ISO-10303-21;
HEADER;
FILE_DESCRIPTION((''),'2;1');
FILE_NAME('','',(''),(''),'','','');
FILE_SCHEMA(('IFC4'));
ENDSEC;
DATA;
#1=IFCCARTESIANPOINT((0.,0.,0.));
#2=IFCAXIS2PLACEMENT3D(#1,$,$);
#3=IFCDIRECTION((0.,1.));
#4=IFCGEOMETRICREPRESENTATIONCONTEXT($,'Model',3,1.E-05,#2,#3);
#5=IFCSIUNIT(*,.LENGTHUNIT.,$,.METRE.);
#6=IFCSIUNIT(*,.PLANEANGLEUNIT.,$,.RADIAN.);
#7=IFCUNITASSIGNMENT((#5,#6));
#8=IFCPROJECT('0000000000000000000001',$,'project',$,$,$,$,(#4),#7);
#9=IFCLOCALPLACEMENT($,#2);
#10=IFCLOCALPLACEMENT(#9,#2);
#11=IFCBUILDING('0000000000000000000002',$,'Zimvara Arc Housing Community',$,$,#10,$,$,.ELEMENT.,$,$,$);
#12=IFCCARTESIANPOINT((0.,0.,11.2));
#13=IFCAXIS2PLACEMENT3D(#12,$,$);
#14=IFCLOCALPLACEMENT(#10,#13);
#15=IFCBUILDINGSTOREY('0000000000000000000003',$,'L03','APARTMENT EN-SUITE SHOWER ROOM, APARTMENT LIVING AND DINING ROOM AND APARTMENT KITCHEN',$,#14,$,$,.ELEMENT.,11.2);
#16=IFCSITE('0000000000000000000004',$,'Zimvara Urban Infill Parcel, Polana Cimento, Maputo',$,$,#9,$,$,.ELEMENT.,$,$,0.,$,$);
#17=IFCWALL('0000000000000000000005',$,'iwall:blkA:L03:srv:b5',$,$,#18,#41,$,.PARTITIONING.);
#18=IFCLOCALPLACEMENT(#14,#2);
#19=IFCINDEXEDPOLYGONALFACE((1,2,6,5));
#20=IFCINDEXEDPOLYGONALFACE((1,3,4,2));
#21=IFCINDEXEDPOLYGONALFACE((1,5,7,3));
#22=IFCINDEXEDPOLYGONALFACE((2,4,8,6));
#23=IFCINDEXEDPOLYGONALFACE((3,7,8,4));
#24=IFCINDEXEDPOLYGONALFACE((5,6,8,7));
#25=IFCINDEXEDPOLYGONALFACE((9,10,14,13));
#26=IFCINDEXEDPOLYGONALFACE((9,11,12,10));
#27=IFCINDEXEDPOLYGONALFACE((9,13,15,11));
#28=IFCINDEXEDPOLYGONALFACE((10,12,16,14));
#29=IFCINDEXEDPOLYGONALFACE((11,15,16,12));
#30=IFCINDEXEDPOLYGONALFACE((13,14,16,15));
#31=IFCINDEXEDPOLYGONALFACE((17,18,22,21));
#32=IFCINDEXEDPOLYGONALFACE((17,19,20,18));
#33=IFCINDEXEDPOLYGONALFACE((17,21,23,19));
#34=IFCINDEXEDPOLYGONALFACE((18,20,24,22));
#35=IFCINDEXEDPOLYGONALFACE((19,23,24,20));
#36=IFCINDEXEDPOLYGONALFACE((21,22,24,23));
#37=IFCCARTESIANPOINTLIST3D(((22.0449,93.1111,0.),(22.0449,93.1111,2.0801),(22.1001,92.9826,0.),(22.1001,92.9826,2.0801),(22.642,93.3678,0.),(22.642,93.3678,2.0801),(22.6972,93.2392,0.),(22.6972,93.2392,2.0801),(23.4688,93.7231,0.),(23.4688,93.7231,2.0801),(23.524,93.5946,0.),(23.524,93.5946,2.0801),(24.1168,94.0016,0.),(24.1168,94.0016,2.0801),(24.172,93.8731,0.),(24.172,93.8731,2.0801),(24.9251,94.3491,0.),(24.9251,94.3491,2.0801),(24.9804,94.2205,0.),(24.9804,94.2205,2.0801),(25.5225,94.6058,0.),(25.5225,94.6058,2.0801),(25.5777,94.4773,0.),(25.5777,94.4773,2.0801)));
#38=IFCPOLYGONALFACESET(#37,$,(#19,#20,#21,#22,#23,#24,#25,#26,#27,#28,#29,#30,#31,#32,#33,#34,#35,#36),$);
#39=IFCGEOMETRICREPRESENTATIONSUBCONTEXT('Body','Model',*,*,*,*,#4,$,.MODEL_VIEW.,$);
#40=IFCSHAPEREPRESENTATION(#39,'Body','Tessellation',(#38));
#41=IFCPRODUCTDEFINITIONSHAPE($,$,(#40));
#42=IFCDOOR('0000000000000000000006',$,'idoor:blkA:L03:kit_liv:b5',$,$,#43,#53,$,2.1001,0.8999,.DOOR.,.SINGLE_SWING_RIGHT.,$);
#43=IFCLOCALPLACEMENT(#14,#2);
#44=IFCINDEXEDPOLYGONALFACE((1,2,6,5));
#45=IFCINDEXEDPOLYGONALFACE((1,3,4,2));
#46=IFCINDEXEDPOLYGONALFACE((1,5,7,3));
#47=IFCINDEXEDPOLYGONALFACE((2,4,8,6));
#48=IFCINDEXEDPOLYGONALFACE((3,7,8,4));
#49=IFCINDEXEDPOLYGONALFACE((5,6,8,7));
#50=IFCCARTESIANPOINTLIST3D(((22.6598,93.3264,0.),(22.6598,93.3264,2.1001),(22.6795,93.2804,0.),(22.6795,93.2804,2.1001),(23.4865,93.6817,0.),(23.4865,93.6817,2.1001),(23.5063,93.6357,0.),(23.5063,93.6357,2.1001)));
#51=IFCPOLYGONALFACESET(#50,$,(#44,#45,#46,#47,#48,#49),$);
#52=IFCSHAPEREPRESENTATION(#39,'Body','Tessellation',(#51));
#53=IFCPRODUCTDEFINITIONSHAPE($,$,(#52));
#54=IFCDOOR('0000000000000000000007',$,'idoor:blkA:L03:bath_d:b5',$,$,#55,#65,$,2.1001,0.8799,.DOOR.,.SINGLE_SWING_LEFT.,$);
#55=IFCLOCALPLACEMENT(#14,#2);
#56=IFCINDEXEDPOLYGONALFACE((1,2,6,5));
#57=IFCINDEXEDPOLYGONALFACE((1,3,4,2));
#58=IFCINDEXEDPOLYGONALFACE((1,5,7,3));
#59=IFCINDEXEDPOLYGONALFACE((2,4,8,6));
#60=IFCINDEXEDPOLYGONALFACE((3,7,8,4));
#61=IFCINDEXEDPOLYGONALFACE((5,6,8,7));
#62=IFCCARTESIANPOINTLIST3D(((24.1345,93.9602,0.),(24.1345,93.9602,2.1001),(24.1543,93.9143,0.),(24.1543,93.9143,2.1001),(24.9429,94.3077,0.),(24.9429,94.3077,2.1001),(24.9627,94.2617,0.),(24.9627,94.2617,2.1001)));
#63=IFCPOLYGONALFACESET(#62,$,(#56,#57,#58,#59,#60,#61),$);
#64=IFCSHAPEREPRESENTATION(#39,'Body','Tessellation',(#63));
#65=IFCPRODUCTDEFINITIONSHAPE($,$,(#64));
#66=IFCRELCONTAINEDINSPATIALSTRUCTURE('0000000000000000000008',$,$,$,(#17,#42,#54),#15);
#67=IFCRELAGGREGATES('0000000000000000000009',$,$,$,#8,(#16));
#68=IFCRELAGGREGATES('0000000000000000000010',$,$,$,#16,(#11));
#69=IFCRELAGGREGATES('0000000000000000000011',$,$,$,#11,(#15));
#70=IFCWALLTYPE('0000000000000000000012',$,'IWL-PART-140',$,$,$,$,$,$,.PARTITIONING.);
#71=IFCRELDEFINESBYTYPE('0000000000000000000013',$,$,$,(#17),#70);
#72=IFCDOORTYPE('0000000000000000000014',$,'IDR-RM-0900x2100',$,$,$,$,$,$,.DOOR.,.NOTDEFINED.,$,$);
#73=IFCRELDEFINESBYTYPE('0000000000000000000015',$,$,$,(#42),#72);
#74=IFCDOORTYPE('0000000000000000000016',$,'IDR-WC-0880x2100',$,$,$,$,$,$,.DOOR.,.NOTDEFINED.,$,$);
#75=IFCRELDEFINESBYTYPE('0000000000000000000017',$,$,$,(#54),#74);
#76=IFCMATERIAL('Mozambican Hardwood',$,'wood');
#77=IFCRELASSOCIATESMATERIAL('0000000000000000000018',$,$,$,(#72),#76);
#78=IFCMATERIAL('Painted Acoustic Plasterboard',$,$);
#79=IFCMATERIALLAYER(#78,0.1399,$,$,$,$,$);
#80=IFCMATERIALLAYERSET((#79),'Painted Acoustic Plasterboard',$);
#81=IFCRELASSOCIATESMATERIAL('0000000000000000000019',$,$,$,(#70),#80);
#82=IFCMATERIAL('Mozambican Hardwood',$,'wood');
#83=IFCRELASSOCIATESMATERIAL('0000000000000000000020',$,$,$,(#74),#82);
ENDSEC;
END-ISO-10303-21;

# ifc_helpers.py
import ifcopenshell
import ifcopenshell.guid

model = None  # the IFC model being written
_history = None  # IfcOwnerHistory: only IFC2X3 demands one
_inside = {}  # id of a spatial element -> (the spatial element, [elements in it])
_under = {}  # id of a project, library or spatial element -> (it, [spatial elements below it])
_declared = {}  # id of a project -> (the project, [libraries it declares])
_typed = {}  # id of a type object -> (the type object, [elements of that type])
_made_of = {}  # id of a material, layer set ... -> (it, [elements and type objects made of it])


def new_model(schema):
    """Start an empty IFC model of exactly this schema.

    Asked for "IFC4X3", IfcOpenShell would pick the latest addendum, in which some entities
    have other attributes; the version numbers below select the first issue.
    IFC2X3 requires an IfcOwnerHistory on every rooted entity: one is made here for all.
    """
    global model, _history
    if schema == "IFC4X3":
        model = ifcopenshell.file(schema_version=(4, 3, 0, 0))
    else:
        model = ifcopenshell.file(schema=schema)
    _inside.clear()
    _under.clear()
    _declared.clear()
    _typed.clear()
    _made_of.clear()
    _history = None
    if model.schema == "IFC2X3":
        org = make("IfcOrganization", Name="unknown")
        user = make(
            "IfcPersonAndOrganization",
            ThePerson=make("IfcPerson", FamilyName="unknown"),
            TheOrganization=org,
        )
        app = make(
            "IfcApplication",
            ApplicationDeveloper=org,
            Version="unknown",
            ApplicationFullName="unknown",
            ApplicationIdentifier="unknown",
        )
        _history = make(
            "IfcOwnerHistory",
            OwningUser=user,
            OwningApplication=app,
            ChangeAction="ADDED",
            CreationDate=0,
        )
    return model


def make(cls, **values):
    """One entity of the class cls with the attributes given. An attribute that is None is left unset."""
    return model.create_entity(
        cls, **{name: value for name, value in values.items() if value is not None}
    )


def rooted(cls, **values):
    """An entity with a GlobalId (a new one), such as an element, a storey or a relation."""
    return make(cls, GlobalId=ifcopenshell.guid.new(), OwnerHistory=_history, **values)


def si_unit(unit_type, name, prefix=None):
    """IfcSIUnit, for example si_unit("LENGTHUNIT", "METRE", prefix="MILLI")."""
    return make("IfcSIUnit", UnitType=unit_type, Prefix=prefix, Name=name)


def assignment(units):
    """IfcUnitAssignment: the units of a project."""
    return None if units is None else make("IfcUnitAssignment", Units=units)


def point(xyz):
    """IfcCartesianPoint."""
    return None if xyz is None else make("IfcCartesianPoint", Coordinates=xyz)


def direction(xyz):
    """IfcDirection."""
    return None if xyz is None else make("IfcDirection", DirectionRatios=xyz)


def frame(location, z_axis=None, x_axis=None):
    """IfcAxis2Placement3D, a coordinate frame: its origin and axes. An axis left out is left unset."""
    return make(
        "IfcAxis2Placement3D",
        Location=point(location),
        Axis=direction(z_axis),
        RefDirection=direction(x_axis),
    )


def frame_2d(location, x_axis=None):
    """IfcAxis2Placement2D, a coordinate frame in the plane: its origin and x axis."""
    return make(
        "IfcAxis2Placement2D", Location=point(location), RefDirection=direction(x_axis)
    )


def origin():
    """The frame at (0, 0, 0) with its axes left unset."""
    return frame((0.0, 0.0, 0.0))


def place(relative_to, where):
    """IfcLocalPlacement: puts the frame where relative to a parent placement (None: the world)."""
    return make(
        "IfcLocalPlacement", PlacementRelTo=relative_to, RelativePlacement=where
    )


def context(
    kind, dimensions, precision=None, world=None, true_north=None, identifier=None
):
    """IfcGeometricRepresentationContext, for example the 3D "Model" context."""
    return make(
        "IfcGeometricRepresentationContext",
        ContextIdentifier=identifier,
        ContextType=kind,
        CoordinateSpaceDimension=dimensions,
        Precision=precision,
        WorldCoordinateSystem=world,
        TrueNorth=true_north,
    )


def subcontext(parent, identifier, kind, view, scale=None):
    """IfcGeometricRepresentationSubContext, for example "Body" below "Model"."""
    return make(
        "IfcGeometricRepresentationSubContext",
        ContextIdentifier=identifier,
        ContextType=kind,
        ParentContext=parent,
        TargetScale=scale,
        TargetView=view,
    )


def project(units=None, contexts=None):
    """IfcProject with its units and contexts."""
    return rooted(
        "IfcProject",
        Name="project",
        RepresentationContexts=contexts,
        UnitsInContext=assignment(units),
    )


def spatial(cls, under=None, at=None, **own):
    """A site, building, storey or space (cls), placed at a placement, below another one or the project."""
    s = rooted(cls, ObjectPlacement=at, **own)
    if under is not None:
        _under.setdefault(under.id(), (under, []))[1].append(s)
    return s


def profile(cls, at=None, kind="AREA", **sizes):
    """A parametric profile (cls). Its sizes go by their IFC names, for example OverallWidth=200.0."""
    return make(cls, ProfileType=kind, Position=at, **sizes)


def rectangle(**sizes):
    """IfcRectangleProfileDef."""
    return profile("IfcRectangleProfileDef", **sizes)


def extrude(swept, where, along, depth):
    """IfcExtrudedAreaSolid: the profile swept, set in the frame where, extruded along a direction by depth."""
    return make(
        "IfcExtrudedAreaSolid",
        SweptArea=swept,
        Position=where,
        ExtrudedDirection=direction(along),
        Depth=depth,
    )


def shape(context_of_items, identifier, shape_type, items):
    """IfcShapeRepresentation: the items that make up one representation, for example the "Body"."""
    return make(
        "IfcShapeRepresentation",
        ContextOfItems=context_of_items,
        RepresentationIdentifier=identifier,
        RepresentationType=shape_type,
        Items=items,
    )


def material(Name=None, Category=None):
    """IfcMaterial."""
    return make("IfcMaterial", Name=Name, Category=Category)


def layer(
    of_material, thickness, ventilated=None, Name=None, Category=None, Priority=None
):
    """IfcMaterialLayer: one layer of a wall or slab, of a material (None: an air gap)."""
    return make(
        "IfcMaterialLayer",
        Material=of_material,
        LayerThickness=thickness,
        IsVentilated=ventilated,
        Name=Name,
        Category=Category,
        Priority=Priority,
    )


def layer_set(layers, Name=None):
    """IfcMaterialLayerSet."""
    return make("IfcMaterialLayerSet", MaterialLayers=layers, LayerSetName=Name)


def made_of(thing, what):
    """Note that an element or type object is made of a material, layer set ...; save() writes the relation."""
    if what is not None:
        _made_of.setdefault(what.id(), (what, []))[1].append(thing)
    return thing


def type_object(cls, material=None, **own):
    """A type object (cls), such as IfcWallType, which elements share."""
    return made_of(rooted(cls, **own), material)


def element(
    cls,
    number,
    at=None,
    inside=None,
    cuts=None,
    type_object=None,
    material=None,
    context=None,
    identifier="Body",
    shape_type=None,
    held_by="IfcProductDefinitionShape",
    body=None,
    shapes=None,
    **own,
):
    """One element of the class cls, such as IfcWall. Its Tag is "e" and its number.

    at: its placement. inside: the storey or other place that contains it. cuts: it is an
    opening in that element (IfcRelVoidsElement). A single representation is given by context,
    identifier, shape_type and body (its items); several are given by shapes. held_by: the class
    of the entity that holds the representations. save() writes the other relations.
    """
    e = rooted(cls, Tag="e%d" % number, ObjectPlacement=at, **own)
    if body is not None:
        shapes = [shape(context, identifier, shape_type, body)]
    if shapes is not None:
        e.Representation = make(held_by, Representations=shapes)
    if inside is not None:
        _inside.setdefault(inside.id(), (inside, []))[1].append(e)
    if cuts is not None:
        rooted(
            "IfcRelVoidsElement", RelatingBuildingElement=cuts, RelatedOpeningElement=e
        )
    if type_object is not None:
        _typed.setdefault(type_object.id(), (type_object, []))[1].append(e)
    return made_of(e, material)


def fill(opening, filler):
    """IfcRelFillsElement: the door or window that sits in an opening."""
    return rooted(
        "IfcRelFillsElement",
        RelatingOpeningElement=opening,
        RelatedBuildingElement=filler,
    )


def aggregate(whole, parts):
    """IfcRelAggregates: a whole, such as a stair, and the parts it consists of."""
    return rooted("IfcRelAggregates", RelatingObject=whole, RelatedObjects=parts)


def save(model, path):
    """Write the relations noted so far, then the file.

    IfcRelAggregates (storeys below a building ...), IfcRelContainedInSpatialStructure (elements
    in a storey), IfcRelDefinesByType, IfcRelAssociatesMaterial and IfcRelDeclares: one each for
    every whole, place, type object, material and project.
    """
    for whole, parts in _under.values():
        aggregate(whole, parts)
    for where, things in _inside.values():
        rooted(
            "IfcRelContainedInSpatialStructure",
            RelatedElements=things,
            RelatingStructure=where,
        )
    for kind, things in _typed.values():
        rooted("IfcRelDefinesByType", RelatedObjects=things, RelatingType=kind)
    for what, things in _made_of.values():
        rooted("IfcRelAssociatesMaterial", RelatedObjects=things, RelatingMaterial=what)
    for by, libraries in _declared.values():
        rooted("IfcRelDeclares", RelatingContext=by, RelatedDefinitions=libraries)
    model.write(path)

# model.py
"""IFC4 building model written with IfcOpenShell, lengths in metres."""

from ifc_helpers import new_model, si_unit, direction, frame, frame_2d, origin, place, context, subcontext, project, spatial, rectangle, extrude, material, layer, layer_set, type_object, element, fill, save


model = new_model("IFC4")

# Units and contexts
model_context = context("Model", 3, precision=1e-05, world=origin(), true_north=direction((0.0, 1.0)))
body_context = subcontext(model_context, "Body", "Model", "MODEL_VIEW")
ifc_project = project(units=[si_unit("LENGTHUNIT", "METRE"), si_unit("PLANEANGLEUNIT", "RADIAN")], contexts=[model_context])

# Site, building, storey
site_placement = place(None, origin())
site = spatial("IfcSite", under=ifc_project, at=site_placement, Name="Zimvara Urban Infill Parcel, Polana Cimento, Maputo", CompositionType="ELEMENT", RefElevation=0.0)
building_placement = place(site_placement, origin())
building = spatial("IfcBuilding", under=site, at=building_placement, Name="Zimvara Arc Housing Community", CompositionType="ELEMENT")
storey_placement = place(building_placement, frame((0.0, 0.0, 11.2)))
storey = spatial("IfcBuildingStorey", under=building, at=storey_placement, Name="L03", Description="APARTMENT EN-SUITE SHOWER ROOM, APARTMENT LIVING AND DINING ROOM AND APARTMENT KITCHEN", CompositionType="ELEMENT", Elevation=11.2)

# Shared definitions
ifc_material_1 = material(Name="Mozambican Hardwood", Category="wood")
door_type_1 = type_object("IfcDoorType", Name="IDR-RM-0900x2100", OperationType="NOTDEFINED", PredefinedType="DOOR", material=ifc_material_1)

# Wall, openings, doors
ifc_material_2 = material(Name="Painted Acoustic Plasterboard")
ifc_layer_1 = layer(ifc_material_2, 0.1399)
ifc_layer_set_1 = layer_set([ifc_layer_1], Name="Painted Acoustic Plasterboard")
wall_type_1 = type_object("IfcWallType", Name="IWL-PART-140", PredefinedType="PARTITIONING", material=ifc_layer_set_1)
wall_1_placement = place(storey_placement, frame((22.0725, 93.0469, 0.0), z_axis=(0.0, 0.0, 1.0), x_axis=(0.918738, 0.394869, 0.0)))
wall_1 = element("IfcWall", 1, at=wall_1_placement, inside=storey, type_object=wall_type_1, Name="iwall:blkA:L03:srv:b5", PredefinedType="PARTITIONING", context=body_context, shape_type="SweptSolid", body=[
    extrude(rectangle(XDim=3.7852, YDim=0.1399, at=frame_2d((1.8926, 0.0))), origin(), (0.0, 0.0, 1.0), 2.0801),
])
opening_1_placement = place(wall_1_placement, frame((0.6499, 0.0, 0.0)))
opening_1 = element("IfcOpeningElement", 2, at=opening_1_placement, cuts=wall_1, PredefinedType="OPENING", context=body_context, shape_type="SweptSolid", body=[
    extrude(rectangle(XDim=0.8999, YDim=2.1001, at=frame_2d((0.45, 1.05))), frame((0.0, 0.0798, 0.0), z_axis=(0.0, -1.0, 0.0), x_axis=(1.0, 0.0, 0.0)), (0.0, 0.0, 1.0), 0.1599),
])
opening_2_placement = place(wall_1_placement, frame((2.2551, 0.0, 0.0)))
opening_2 = element("IfcOpeningElement", 3, at=opening_2_placement, cuts=wall_1, PredefinedType="OPENING", context=body_context, shape_type="SweptSolid", body=[
    extrude(rectangle(XDim=0.8799, YDim=2.1001, at=frame_2d((0.4399, 1.05))), frame((0.0, 0.0798, 0.0), z_axis=(0.0, -1.0, 0.0), x_axis=(1.0, 0.0, 0.0)), (0.0, 0.0, 1.0), 0.1599),
])
door_1_placement = place(opening_1_placement, origin())
door_1 = element("IfcDoor", 4, at=door_1_placement, inside=storey, type_object=door_type_1, Name="idoor:blkA:L03:kit_liv:b5", OperationType="SINGLE_SWING_RIGHT", OverallHeight=2.1001, OverallWidth=0.8999, PredefinedType="DOOR", context=body_context, shape_type="SweptSolid", body=[
    extrude(rectangle(XDim=0.8999, YDim=2.1001, at=frame_2d((0.45, 1.05))), frame((0.0, 0.0249, 0.0), z_axis=(0.0, -1.0, 0.0), x_axis=(1.0, 0.0, 0.0)), (0.0, 0.0, 1.0), 0.05),
])
fill(opening_1, door_1)
ifc_material_3 = material(Name="Mozambican Hardwood", Category="wood")
door_type_2 = type_object("IfcDoorType", Name="IDR-WC-0880x2100", OperationType="NOTDEFINED", PredefinedType="DOOR", material=ifc_material_3)
door_2_placement = place(opening_2_placement, origin())
door_2 = element("IfcDoor", 5, at=door_2_placement, inside=storey, type_object=door_type_2, Name="idoor:blkA:L03:bath_d:b5", OperationType="SINGLE_SWING_LEFT", OverallHeight=2.1001, OverallWidth=0.8799, PredefinedType="DOOR", context=body_context, shape_type="SweptSolid", body=[
    extrude(rectangle(XDim=0.8799, YDim=2.1001, at=frame_2d((0.4399, 1.05))), frame((0.0, 0.0249, 0.0), z_axis=(0.0, -1.0, 0.0), x_axis=(1.0, 0.0, 0.0)), (0.0, 0.0, 1.0), 0.05),
])
fill(opening_2, door_2)

save(model, "model.ifc")
